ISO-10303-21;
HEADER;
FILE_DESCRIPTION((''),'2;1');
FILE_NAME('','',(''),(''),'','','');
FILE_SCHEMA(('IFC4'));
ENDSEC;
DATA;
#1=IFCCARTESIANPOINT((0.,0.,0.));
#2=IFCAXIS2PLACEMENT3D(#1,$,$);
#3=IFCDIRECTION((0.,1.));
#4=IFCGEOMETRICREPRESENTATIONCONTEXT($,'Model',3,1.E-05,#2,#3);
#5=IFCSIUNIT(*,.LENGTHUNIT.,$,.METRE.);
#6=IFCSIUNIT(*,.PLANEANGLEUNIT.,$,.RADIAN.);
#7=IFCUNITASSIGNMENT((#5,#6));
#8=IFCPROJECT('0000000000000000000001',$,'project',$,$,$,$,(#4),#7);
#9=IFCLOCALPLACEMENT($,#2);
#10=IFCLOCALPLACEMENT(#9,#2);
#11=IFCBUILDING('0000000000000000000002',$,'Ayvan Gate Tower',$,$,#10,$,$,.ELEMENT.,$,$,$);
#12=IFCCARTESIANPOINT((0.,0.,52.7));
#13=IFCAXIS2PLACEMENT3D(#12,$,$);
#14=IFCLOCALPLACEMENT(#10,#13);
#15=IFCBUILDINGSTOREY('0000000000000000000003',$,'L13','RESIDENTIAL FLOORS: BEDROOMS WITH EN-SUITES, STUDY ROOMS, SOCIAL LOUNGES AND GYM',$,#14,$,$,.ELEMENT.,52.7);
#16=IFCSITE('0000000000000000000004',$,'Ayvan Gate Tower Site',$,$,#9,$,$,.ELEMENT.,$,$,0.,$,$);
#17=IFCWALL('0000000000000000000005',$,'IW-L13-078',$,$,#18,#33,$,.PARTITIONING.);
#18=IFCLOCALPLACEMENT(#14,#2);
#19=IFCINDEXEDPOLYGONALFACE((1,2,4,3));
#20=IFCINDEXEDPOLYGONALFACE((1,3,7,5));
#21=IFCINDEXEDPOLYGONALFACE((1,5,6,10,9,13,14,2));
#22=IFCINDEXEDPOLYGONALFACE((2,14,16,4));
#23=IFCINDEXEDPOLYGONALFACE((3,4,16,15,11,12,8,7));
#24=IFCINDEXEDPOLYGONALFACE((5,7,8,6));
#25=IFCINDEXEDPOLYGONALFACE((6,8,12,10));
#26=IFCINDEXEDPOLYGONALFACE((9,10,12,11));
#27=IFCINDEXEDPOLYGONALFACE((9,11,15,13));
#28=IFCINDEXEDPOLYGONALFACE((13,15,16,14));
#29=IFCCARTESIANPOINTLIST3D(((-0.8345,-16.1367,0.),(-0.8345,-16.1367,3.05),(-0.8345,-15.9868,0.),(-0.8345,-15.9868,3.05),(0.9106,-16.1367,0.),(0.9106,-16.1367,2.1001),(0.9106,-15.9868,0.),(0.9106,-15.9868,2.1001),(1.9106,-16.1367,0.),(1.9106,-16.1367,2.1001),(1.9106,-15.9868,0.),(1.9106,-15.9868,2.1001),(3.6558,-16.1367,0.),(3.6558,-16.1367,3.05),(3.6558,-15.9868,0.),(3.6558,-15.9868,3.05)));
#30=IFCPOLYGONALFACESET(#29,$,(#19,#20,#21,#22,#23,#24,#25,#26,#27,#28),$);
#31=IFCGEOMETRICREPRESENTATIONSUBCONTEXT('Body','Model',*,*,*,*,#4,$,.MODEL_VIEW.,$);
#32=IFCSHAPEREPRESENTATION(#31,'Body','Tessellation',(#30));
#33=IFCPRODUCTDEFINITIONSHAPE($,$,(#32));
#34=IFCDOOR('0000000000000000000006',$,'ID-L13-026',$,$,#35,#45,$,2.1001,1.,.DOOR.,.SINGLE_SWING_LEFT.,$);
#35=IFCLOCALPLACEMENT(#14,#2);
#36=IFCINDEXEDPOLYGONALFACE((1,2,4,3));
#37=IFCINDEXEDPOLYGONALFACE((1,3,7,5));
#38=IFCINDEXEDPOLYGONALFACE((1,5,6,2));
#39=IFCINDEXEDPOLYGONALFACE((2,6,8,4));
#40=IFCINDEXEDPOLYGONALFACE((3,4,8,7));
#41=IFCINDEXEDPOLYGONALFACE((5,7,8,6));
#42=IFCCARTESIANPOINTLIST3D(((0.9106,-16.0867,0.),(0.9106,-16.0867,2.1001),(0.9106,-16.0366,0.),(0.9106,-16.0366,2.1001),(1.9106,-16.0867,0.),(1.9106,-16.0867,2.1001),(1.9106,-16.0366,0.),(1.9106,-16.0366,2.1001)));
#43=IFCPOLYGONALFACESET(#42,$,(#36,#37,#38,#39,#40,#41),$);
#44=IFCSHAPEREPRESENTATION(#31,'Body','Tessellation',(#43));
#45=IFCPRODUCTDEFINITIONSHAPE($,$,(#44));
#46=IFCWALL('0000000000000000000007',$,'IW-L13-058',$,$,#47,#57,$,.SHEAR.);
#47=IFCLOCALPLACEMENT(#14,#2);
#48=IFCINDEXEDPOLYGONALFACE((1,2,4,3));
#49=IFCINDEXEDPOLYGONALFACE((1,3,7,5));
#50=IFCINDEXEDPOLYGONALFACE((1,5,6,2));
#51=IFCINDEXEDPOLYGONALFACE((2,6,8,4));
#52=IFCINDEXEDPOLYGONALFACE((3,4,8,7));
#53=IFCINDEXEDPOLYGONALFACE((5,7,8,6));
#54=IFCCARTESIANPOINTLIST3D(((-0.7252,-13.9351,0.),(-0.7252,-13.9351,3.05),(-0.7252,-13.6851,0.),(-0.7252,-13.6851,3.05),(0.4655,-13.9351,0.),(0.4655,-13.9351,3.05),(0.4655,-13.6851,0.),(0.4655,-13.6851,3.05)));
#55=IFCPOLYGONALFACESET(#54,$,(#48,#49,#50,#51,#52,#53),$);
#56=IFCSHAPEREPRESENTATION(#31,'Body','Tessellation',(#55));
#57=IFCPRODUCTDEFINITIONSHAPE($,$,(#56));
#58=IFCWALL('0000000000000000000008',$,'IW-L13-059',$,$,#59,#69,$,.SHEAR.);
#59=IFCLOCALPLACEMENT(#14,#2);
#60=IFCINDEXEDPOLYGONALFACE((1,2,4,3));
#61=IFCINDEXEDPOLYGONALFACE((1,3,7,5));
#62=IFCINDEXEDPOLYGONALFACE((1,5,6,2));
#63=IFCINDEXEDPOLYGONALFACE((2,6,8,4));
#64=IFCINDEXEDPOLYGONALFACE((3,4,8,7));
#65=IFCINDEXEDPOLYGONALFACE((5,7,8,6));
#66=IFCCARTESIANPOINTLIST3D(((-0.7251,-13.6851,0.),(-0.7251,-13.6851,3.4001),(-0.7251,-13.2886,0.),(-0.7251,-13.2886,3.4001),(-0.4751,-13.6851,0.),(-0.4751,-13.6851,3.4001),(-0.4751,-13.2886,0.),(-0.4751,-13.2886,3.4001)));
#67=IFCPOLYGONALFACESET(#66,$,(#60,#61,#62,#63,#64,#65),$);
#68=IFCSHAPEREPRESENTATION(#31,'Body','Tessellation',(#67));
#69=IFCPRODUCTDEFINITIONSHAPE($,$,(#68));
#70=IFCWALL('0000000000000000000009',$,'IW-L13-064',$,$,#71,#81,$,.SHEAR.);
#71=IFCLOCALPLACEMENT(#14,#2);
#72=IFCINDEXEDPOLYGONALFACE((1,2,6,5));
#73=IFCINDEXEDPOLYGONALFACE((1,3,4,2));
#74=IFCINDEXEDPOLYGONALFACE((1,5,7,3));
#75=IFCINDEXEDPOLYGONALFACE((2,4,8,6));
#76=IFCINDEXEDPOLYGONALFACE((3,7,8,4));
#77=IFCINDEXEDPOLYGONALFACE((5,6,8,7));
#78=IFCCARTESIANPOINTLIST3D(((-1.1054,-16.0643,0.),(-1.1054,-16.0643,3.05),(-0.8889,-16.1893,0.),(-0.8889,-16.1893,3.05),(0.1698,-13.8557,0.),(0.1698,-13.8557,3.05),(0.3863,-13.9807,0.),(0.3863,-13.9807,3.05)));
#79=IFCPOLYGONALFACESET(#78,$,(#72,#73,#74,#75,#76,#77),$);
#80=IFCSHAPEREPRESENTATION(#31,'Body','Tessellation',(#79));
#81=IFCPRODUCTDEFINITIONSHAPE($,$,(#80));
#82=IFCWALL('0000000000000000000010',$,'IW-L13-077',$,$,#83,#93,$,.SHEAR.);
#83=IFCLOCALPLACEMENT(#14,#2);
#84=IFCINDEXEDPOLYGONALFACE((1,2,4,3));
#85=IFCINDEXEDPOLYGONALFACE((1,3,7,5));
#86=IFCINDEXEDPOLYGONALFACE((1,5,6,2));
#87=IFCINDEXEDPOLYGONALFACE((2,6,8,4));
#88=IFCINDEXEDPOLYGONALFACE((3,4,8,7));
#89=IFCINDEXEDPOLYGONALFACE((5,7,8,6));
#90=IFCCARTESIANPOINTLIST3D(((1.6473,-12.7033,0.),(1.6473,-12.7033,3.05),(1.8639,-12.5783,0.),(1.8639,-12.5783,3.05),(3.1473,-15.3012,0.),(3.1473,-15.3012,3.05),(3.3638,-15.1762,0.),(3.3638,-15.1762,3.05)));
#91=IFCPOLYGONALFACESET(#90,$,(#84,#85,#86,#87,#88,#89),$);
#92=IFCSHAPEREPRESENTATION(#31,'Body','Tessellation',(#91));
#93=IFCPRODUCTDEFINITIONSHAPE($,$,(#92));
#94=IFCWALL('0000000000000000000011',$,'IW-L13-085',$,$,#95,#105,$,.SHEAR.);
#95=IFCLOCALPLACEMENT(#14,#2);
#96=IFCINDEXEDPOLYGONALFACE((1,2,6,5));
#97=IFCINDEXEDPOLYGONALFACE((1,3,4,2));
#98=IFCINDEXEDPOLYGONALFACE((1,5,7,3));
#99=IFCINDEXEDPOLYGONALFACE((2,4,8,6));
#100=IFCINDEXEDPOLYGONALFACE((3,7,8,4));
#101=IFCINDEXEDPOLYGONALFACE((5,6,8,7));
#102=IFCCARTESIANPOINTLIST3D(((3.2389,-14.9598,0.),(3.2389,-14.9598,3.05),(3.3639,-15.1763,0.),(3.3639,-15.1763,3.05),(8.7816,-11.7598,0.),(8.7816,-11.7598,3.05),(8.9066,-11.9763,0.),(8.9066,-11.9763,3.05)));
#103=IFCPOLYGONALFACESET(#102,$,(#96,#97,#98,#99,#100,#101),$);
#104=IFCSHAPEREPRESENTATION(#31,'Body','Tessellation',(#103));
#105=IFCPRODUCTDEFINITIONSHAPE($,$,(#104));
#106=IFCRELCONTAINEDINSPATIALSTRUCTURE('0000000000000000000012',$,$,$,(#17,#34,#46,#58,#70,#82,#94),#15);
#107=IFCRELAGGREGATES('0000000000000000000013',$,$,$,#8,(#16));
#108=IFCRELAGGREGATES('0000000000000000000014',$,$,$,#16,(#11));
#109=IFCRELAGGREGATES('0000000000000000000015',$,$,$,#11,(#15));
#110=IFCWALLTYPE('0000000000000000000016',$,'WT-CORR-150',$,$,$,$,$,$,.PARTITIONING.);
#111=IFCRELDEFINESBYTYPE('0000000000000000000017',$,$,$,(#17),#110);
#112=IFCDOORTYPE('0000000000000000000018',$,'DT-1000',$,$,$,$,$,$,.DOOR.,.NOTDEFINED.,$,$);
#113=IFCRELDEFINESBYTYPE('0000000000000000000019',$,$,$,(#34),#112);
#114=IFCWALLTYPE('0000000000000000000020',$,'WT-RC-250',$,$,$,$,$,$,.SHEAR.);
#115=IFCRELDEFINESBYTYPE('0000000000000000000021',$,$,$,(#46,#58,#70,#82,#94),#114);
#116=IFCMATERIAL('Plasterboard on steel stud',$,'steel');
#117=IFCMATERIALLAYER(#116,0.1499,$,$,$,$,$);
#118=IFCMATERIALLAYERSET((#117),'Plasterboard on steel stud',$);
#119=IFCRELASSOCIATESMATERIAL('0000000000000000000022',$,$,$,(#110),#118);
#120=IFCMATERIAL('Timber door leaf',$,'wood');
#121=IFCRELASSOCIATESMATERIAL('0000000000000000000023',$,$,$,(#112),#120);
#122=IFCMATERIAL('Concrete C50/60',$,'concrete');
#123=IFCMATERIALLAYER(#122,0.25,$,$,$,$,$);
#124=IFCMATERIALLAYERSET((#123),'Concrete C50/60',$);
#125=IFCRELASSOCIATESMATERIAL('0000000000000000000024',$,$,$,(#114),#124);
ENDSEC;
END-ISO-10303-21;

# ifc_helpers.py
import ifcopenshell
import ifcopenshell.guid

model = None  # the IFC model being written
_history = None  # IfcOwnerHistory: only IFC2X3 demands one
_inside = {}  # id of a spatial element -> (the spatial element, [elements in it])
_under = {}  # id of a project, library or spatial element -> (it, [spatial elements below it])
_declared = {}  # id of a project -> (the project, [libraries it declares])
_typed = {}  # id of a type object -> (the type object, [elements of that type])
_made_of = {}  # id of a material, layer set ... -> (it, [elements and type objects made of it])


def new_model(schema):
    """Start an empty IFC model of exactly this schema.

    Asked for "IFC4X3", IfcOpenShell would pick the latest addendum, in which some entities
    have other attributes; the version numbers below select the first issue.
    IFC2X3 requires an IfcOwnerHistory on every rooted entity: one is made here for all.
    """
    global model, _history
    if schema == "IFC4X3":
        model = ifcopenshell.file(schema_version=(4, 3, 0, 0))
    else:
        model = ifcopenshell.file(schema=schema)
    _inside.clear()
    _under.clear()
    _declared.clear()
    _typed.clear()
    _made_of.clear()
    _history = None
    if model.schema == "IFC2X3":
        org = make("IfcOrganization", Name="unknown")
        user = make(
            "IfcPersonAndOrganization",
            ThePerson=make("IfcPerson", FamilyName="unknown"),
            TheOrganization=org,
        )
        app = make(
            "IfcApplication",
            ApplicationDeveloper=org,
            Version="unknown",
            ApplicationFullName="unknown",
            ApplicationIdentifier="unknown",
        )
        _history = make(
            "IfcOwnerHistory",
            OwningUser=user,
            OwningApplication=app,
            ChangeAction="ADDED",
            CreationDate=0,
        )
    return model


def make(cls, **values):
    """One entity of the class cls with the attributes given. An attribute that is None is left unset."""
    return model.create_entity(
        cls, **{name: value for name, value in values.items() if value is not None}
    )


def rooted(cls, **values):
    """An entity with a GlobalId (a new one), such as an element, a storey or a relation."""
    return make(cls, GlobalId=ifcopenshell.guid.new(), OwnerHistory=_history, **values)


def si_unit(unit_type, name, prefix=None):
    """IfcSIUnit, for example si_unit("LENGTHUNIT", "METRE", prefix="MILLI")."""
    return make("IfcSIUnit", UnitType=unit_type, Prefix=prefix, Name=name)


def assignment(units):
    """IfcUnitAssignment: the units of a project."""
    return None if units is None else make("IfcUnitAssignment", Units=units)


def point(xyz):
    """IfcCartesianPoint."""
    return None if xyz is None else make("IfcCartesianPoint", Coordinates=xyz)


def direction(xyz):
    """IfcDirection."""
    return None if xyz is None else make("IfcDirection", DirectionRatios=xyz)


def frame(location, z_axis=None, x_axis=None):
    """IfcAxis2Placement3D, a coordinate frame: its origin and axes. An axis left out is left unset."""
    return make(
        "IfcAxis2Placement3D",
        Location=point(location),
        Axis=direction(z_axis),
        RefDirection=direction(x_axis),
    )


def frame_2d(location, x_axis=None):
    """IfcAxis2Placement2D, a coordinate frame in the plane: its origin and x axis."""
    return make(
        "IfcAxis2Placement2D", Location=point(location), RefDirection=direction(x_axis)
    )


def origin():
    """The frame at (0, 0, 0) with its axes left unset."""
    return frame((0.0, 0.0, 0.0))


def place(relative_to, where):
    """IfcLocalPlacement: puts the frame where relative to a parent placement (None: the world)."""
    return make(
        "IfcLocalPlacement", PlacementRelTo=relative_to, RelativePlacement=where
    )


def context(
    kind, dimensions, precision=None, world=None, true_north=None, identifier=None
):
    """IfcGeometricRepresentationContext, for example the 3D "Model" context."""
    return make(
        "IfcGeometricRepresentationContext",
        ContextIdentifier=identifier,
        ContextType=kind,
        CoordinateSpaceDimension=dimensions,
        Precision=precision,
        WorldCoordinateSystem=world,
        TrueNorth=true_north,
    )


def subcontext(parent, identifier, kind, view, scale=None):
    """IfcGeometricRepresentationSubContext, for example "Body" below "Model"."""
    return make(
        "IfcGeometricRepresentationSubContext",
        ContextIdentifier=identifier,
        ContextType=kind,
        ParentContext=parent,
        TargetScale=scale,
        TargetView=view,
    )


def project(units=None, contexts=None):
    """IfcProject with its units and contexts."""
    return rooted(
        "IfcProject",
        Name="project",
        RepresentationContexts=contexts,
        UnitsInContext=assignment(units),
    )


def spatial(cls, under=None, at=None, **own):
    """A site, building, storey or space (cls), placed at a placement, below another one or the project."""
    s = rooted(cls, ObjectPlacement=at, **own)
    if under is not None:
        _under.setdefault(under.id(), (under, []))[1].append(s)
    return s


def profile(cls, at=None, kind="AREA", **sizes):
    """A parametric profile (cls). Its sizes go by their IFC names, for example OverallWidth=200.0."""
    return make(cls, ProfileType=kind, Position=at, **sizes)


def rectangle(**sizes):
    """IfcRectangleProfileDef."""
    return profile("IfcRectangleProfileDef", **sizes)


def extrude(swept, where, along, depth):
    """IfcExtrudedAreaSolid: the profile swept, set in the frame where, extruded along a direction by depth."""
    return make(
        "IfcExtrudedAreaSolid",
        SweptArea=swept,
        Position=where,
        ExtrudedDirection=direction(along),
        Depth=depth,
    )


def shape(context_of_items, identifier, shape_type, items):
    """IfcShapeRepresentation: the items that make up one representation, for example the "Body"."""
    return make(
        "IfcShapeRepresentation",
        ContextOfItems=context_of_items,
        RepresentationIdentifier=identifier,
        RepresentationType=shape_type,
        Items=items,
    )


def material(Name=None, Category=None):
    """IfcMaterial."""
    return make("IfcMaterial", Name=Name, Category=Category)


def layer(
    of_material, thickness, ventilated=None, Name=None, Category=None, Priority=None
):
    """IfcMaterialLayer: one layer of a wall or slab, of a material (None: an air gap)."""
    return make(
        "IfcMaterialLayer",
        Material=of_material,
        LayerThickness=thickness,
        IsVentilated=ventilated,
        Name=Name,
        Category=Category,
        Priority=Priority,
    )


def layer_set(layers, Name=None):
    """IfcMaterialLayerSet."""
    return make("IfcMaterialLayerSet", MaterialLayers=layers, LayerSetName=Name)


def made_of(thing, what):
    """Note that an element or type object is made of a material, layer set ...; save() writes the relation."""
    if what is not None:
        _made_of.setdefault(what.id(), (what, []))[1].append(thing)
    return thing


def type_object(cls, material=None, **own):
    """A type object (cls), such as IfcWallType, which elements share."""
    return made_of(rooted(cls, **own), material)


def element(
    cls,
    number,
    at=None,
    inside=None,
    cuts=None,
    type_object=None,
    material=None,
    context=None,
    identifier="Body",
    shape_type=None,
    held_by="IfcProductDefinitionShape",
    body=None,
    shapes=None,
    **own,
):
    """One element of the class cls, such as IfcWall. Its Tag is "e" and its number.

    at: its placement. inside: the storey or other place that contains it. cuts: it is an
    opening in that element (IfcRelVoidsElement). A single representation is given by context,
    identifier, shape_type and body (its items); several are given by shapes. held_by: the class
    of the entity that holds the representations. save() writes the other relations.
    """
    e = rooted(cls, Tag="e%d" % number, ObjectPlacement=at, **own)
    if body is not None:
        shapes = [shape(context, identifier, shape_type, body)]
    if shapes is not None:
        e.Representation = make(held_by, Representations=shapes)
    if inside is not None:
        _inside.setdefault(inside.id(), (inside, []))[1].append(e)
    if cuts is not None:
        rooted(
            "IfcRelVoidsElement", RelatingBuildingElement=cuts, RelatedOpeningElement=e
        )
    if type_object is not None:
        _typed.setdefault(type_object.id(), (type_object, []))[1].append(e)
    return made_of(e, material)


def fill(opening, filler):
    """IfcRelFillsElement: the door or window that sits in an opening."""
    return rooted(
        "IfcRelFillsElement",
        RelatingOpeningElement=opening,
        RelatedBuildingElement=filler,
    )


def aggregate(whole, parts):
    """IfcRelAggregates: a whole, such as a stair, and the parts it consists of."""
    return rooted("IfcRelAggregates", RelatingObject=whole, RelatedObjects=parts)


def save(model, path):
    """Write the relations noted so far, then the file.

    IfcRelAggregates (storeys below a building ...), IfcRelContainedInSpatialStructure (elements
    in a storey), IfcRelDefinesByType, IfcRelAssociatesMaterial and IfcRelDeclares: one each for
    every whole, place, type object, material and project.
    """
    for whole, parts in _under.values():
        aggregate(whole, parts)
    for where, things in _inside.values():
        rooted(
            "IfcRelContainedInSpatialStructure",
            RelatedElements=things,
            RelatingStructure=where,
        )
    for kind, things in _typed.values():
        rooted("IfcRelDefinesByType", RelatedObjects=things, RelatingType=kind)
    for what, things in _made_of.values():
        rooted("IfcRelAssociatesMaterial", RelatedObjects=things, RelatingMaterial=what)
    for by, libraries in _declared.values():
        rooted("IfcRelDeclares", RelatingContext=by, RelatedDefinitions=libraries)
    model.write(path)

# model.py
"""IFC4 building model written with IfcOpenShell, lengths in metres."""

from ifc_helpers import new_model, si_unit, direction, frame, frame_2d, origin, place, context, subcontext, project, spatial, rectangle, extrude, material, layer, layer_set, type_object, element, fill, save


model = new_model("IFC4")

# Units and contexts
model_context = context("Model", 3, precision=1e-05, world=origin(), true_north=direction((0.0, 1.0)))
body_context = subcontext(model_context, "Body", "Model", "MODEL_VIEW")
ifc_project = project(units=[si_unit("LENGTHUNIT", "METRE"), si_unit("PLANEANGLEUNIT", "RADIAN")], contexts=[model_context])

# Site, building, storey
site_placement = place(None, origin())
site = spatial("IfcSite", under=ifc_project, at=site_placement, Name="Ayvan Gate Tower Site", CompositionType="ELEMENT", RefElevation=0.0)
building_placement = place(site_placement, origin())
building = spatial("IfcBuilding", under=site, at=building_placement, Name="Ayvan Gate Tower", CompositionType="ELEMENT")
storey_placement = place(building_placement, frame((0.0, 0.0, 52.7)))
storey = spatial("IfcBuildingStorey", under=building, at=storey_placement, Name="L13", Description="RESIDENTIAL FLOORS: BEDROOMS WITH EN-SUITES, STUDY ROOMS, SOCIAL LOUNGES AND GYM", CompositionType="ELEMENT", Elevation=52.7)

# Shared definitions
ifc_material_1 = material(Name="Plasterboard on steel stud", Category="steel")
ifc_layer_1 = layer(ifc_material_1, 0.1499)
ifc_layer_set_1 = layer_set([ifc_layer_1], Name="Plasterboard on steel stud")
wall_type_1 = type_object("IfcWallType", Name="WT-CORR-150", PredefinedType="PARTITIONING", material=ifc_layer_set_1)

# Wall, opening, door
wall_1_placement = place(storey_placement, frame((3.6558, -16.0618, 0.0), z_axis=(0.0, 0.0, 1.0), x_axis=(-1.0, 0.0, 0.0)))
wall_1 = element("IfcWall", 1, at=wall_1_placement, inside=storey, type_object=wall_type_1, Name="IW-L13-078", PredefinedType="PARTITIONING", context=body_context, shape_type="SweptSolid", body=[
    extrude(rectangle(XDim=4.4902, YDim=0.1499, at=frame_2d((2.2451, 0.0))), origin(), (0.0, 0.0, 1.0), 3.05),
])
opening_placement = place(wall_1_placement, frame((1.7451, 0.0, 0.0)))
opening = element("IfcOpeningElement", 2, at=opening_placement, cuts=wall_1, PredefinedType="OPENING", context=body_context, shape_type="SweptSolid", body=[
    extrude(rectangle(XDim=1.0, YDim=2.1001, at=frame_2d((0.5, 1.05))), frame((0.0, 0.085, 0.0), z_axis=(0.0, -1.0, 0.0), x_axis=(1.0, 0.0, 0.0)), (0.0, 0.0, 1.0), 0.1699),
])
ifc_material_2 = material(Name="Timber door leaf", Category="wood")
door_type = type_object("IfcDoorType", Name="DT-1000", OperationType="NOTDEFINED", PredefinedType="DOOR", material=ifc_material_2)
door_placement = place(opening_placement, origin())
door = element("IfcDoor", 3, at=door_placement, inside=storey, type_object=door_type, Name="ID-L13-026", OperationType="SINGLE_SWING_LEFT", OverallHeight=2.1001, OverallWidth=1.0, PredefinedType="DOOR", context=body_context, shape_type="SweptSolid", body=[
    extrude(rectangle(XDim=1.0, YDim=2.1001, at=frame_2d((0.5, 1.05))), frame((0.0, 0.0249, 0.0), z_axis=(0.0, -1.0, 0.0), x_axis=(1.0, 0.0, 0.0)), (0.0, 0.0, 1.0), 0.05),
])
fill(opening, door)

# Walls
ifc_material_3 = material(Name="Concrete C50/60", Category="concrete")
ifc_layer_2 = layer(ifc_material_3, 0.25)
ifc_layer_set_2 = layer_set([ifc_layer_2], Name="Concrete C50/60")
wall_type_2 = type_object("IfcWallType", Name="WT-RC-250", PredefinedType="SHEAR", material=ifc_layer_set_2)
wall_2_placement = place(storey_placement, frame((-0.7251, -13.8101, 0.0), z_axis=(0.0, 0.0, 1.0), x_axis=(1.0, 0.0, 0.0)))
element("IfcWall", 4, at=wall_2_placement, inside=storey, type_object=wall_type_2, Name="IW-L13-058", PredefinedType="SHEAR", context=body_context, shape_type="SweptSolid", body=[
    extrude(rectangle(XDim=1.1907, YDim=0.25, at=frame_2d((0.5952, 0.0))), origin(), (0.0, 0.0, 1.0), 3.05),
])
wall_3_placement = place(storey_placement, frame((-0.6001, -13.2886, 0.0), z_axis=(0.0, 0.0, 1.0), x_axis=(0.0, -1.0, 0.0)))
element("IfcWall", 5, at=wall_3_placement, inside=storey, type_object=wall_type_2, Name="IW-L13-059", PredefinedType="SHEAR", context=body_context, shape_type="SweptSolid", body=[
    extrude(rectangle(XDim=0.3965, YDim=0.25, at=frame_2d((0.1982, 0.0))), origin(), (0.0, 0.0, 1.0), 3.4001),
])
wall_4_placement = place(storey_placement, frame((0.2781, -13.9182, 0.0), z_axis=(0.0, 0.0, 1.0), x_axis=(-0.500021, -0.866013, 0.0)))
element("IfcWall", 6, at=wall_4_placement, inside=storey, type_object=wall_type_2, Name="IW-L13-064", PredefinedType="SHEAR", context=body_context, shape_type="SweptSolid", body=[
    extrude(rectangle(XDim=2.5503, YDim=0.25, at=frame_2d((1.2751, 0.0))), origin(), (0.0, 0.0, 1.0), 3.05),
])
wall_5_placement = place(storey_placement, frame((3.2556, -15.2388, 0.0), z_axis=(0.0, 0.0, 1.0), x_axis=(-0.500025, 0.866011, 0.0)))
element("IfcWall", 7, at=wall_5_placement, inside=storey, type_object=wall_type_2, Name="IW-L13-077", PredefinedType="SHEAR", context=body_context, shape_type="SweptSolid", body=[
    extrude(rectangle(XDim=2.9998, YDim=0.25, at=frame_2d((1.5, 0.0))), origin(), (0.0, 0.0, 1.0), 3.05),
])
wall_6_placement = place(storey_placement, frame((3.3013, -15.0681, 0.0), z_axis=(0.0, 0.0, 1.0), x_axis=(0.866035, 0.499983, 0.0)))
element("IfcWall", 8, at=wall_6_placement, inside=storey, type_object=wall_type_2, Name="IW-L13-085", PredefinedType="SHEAR", context=body_context, shape_type="SweptSolid", body=[
    extrude(rectangle(XDim=6.4001, YDim=0.25, at=frame_2d((3.2002, 0.0))), origin(), (0.0, 0.0, 1.0), 3.05),
])

save(model, "model.ifc")
